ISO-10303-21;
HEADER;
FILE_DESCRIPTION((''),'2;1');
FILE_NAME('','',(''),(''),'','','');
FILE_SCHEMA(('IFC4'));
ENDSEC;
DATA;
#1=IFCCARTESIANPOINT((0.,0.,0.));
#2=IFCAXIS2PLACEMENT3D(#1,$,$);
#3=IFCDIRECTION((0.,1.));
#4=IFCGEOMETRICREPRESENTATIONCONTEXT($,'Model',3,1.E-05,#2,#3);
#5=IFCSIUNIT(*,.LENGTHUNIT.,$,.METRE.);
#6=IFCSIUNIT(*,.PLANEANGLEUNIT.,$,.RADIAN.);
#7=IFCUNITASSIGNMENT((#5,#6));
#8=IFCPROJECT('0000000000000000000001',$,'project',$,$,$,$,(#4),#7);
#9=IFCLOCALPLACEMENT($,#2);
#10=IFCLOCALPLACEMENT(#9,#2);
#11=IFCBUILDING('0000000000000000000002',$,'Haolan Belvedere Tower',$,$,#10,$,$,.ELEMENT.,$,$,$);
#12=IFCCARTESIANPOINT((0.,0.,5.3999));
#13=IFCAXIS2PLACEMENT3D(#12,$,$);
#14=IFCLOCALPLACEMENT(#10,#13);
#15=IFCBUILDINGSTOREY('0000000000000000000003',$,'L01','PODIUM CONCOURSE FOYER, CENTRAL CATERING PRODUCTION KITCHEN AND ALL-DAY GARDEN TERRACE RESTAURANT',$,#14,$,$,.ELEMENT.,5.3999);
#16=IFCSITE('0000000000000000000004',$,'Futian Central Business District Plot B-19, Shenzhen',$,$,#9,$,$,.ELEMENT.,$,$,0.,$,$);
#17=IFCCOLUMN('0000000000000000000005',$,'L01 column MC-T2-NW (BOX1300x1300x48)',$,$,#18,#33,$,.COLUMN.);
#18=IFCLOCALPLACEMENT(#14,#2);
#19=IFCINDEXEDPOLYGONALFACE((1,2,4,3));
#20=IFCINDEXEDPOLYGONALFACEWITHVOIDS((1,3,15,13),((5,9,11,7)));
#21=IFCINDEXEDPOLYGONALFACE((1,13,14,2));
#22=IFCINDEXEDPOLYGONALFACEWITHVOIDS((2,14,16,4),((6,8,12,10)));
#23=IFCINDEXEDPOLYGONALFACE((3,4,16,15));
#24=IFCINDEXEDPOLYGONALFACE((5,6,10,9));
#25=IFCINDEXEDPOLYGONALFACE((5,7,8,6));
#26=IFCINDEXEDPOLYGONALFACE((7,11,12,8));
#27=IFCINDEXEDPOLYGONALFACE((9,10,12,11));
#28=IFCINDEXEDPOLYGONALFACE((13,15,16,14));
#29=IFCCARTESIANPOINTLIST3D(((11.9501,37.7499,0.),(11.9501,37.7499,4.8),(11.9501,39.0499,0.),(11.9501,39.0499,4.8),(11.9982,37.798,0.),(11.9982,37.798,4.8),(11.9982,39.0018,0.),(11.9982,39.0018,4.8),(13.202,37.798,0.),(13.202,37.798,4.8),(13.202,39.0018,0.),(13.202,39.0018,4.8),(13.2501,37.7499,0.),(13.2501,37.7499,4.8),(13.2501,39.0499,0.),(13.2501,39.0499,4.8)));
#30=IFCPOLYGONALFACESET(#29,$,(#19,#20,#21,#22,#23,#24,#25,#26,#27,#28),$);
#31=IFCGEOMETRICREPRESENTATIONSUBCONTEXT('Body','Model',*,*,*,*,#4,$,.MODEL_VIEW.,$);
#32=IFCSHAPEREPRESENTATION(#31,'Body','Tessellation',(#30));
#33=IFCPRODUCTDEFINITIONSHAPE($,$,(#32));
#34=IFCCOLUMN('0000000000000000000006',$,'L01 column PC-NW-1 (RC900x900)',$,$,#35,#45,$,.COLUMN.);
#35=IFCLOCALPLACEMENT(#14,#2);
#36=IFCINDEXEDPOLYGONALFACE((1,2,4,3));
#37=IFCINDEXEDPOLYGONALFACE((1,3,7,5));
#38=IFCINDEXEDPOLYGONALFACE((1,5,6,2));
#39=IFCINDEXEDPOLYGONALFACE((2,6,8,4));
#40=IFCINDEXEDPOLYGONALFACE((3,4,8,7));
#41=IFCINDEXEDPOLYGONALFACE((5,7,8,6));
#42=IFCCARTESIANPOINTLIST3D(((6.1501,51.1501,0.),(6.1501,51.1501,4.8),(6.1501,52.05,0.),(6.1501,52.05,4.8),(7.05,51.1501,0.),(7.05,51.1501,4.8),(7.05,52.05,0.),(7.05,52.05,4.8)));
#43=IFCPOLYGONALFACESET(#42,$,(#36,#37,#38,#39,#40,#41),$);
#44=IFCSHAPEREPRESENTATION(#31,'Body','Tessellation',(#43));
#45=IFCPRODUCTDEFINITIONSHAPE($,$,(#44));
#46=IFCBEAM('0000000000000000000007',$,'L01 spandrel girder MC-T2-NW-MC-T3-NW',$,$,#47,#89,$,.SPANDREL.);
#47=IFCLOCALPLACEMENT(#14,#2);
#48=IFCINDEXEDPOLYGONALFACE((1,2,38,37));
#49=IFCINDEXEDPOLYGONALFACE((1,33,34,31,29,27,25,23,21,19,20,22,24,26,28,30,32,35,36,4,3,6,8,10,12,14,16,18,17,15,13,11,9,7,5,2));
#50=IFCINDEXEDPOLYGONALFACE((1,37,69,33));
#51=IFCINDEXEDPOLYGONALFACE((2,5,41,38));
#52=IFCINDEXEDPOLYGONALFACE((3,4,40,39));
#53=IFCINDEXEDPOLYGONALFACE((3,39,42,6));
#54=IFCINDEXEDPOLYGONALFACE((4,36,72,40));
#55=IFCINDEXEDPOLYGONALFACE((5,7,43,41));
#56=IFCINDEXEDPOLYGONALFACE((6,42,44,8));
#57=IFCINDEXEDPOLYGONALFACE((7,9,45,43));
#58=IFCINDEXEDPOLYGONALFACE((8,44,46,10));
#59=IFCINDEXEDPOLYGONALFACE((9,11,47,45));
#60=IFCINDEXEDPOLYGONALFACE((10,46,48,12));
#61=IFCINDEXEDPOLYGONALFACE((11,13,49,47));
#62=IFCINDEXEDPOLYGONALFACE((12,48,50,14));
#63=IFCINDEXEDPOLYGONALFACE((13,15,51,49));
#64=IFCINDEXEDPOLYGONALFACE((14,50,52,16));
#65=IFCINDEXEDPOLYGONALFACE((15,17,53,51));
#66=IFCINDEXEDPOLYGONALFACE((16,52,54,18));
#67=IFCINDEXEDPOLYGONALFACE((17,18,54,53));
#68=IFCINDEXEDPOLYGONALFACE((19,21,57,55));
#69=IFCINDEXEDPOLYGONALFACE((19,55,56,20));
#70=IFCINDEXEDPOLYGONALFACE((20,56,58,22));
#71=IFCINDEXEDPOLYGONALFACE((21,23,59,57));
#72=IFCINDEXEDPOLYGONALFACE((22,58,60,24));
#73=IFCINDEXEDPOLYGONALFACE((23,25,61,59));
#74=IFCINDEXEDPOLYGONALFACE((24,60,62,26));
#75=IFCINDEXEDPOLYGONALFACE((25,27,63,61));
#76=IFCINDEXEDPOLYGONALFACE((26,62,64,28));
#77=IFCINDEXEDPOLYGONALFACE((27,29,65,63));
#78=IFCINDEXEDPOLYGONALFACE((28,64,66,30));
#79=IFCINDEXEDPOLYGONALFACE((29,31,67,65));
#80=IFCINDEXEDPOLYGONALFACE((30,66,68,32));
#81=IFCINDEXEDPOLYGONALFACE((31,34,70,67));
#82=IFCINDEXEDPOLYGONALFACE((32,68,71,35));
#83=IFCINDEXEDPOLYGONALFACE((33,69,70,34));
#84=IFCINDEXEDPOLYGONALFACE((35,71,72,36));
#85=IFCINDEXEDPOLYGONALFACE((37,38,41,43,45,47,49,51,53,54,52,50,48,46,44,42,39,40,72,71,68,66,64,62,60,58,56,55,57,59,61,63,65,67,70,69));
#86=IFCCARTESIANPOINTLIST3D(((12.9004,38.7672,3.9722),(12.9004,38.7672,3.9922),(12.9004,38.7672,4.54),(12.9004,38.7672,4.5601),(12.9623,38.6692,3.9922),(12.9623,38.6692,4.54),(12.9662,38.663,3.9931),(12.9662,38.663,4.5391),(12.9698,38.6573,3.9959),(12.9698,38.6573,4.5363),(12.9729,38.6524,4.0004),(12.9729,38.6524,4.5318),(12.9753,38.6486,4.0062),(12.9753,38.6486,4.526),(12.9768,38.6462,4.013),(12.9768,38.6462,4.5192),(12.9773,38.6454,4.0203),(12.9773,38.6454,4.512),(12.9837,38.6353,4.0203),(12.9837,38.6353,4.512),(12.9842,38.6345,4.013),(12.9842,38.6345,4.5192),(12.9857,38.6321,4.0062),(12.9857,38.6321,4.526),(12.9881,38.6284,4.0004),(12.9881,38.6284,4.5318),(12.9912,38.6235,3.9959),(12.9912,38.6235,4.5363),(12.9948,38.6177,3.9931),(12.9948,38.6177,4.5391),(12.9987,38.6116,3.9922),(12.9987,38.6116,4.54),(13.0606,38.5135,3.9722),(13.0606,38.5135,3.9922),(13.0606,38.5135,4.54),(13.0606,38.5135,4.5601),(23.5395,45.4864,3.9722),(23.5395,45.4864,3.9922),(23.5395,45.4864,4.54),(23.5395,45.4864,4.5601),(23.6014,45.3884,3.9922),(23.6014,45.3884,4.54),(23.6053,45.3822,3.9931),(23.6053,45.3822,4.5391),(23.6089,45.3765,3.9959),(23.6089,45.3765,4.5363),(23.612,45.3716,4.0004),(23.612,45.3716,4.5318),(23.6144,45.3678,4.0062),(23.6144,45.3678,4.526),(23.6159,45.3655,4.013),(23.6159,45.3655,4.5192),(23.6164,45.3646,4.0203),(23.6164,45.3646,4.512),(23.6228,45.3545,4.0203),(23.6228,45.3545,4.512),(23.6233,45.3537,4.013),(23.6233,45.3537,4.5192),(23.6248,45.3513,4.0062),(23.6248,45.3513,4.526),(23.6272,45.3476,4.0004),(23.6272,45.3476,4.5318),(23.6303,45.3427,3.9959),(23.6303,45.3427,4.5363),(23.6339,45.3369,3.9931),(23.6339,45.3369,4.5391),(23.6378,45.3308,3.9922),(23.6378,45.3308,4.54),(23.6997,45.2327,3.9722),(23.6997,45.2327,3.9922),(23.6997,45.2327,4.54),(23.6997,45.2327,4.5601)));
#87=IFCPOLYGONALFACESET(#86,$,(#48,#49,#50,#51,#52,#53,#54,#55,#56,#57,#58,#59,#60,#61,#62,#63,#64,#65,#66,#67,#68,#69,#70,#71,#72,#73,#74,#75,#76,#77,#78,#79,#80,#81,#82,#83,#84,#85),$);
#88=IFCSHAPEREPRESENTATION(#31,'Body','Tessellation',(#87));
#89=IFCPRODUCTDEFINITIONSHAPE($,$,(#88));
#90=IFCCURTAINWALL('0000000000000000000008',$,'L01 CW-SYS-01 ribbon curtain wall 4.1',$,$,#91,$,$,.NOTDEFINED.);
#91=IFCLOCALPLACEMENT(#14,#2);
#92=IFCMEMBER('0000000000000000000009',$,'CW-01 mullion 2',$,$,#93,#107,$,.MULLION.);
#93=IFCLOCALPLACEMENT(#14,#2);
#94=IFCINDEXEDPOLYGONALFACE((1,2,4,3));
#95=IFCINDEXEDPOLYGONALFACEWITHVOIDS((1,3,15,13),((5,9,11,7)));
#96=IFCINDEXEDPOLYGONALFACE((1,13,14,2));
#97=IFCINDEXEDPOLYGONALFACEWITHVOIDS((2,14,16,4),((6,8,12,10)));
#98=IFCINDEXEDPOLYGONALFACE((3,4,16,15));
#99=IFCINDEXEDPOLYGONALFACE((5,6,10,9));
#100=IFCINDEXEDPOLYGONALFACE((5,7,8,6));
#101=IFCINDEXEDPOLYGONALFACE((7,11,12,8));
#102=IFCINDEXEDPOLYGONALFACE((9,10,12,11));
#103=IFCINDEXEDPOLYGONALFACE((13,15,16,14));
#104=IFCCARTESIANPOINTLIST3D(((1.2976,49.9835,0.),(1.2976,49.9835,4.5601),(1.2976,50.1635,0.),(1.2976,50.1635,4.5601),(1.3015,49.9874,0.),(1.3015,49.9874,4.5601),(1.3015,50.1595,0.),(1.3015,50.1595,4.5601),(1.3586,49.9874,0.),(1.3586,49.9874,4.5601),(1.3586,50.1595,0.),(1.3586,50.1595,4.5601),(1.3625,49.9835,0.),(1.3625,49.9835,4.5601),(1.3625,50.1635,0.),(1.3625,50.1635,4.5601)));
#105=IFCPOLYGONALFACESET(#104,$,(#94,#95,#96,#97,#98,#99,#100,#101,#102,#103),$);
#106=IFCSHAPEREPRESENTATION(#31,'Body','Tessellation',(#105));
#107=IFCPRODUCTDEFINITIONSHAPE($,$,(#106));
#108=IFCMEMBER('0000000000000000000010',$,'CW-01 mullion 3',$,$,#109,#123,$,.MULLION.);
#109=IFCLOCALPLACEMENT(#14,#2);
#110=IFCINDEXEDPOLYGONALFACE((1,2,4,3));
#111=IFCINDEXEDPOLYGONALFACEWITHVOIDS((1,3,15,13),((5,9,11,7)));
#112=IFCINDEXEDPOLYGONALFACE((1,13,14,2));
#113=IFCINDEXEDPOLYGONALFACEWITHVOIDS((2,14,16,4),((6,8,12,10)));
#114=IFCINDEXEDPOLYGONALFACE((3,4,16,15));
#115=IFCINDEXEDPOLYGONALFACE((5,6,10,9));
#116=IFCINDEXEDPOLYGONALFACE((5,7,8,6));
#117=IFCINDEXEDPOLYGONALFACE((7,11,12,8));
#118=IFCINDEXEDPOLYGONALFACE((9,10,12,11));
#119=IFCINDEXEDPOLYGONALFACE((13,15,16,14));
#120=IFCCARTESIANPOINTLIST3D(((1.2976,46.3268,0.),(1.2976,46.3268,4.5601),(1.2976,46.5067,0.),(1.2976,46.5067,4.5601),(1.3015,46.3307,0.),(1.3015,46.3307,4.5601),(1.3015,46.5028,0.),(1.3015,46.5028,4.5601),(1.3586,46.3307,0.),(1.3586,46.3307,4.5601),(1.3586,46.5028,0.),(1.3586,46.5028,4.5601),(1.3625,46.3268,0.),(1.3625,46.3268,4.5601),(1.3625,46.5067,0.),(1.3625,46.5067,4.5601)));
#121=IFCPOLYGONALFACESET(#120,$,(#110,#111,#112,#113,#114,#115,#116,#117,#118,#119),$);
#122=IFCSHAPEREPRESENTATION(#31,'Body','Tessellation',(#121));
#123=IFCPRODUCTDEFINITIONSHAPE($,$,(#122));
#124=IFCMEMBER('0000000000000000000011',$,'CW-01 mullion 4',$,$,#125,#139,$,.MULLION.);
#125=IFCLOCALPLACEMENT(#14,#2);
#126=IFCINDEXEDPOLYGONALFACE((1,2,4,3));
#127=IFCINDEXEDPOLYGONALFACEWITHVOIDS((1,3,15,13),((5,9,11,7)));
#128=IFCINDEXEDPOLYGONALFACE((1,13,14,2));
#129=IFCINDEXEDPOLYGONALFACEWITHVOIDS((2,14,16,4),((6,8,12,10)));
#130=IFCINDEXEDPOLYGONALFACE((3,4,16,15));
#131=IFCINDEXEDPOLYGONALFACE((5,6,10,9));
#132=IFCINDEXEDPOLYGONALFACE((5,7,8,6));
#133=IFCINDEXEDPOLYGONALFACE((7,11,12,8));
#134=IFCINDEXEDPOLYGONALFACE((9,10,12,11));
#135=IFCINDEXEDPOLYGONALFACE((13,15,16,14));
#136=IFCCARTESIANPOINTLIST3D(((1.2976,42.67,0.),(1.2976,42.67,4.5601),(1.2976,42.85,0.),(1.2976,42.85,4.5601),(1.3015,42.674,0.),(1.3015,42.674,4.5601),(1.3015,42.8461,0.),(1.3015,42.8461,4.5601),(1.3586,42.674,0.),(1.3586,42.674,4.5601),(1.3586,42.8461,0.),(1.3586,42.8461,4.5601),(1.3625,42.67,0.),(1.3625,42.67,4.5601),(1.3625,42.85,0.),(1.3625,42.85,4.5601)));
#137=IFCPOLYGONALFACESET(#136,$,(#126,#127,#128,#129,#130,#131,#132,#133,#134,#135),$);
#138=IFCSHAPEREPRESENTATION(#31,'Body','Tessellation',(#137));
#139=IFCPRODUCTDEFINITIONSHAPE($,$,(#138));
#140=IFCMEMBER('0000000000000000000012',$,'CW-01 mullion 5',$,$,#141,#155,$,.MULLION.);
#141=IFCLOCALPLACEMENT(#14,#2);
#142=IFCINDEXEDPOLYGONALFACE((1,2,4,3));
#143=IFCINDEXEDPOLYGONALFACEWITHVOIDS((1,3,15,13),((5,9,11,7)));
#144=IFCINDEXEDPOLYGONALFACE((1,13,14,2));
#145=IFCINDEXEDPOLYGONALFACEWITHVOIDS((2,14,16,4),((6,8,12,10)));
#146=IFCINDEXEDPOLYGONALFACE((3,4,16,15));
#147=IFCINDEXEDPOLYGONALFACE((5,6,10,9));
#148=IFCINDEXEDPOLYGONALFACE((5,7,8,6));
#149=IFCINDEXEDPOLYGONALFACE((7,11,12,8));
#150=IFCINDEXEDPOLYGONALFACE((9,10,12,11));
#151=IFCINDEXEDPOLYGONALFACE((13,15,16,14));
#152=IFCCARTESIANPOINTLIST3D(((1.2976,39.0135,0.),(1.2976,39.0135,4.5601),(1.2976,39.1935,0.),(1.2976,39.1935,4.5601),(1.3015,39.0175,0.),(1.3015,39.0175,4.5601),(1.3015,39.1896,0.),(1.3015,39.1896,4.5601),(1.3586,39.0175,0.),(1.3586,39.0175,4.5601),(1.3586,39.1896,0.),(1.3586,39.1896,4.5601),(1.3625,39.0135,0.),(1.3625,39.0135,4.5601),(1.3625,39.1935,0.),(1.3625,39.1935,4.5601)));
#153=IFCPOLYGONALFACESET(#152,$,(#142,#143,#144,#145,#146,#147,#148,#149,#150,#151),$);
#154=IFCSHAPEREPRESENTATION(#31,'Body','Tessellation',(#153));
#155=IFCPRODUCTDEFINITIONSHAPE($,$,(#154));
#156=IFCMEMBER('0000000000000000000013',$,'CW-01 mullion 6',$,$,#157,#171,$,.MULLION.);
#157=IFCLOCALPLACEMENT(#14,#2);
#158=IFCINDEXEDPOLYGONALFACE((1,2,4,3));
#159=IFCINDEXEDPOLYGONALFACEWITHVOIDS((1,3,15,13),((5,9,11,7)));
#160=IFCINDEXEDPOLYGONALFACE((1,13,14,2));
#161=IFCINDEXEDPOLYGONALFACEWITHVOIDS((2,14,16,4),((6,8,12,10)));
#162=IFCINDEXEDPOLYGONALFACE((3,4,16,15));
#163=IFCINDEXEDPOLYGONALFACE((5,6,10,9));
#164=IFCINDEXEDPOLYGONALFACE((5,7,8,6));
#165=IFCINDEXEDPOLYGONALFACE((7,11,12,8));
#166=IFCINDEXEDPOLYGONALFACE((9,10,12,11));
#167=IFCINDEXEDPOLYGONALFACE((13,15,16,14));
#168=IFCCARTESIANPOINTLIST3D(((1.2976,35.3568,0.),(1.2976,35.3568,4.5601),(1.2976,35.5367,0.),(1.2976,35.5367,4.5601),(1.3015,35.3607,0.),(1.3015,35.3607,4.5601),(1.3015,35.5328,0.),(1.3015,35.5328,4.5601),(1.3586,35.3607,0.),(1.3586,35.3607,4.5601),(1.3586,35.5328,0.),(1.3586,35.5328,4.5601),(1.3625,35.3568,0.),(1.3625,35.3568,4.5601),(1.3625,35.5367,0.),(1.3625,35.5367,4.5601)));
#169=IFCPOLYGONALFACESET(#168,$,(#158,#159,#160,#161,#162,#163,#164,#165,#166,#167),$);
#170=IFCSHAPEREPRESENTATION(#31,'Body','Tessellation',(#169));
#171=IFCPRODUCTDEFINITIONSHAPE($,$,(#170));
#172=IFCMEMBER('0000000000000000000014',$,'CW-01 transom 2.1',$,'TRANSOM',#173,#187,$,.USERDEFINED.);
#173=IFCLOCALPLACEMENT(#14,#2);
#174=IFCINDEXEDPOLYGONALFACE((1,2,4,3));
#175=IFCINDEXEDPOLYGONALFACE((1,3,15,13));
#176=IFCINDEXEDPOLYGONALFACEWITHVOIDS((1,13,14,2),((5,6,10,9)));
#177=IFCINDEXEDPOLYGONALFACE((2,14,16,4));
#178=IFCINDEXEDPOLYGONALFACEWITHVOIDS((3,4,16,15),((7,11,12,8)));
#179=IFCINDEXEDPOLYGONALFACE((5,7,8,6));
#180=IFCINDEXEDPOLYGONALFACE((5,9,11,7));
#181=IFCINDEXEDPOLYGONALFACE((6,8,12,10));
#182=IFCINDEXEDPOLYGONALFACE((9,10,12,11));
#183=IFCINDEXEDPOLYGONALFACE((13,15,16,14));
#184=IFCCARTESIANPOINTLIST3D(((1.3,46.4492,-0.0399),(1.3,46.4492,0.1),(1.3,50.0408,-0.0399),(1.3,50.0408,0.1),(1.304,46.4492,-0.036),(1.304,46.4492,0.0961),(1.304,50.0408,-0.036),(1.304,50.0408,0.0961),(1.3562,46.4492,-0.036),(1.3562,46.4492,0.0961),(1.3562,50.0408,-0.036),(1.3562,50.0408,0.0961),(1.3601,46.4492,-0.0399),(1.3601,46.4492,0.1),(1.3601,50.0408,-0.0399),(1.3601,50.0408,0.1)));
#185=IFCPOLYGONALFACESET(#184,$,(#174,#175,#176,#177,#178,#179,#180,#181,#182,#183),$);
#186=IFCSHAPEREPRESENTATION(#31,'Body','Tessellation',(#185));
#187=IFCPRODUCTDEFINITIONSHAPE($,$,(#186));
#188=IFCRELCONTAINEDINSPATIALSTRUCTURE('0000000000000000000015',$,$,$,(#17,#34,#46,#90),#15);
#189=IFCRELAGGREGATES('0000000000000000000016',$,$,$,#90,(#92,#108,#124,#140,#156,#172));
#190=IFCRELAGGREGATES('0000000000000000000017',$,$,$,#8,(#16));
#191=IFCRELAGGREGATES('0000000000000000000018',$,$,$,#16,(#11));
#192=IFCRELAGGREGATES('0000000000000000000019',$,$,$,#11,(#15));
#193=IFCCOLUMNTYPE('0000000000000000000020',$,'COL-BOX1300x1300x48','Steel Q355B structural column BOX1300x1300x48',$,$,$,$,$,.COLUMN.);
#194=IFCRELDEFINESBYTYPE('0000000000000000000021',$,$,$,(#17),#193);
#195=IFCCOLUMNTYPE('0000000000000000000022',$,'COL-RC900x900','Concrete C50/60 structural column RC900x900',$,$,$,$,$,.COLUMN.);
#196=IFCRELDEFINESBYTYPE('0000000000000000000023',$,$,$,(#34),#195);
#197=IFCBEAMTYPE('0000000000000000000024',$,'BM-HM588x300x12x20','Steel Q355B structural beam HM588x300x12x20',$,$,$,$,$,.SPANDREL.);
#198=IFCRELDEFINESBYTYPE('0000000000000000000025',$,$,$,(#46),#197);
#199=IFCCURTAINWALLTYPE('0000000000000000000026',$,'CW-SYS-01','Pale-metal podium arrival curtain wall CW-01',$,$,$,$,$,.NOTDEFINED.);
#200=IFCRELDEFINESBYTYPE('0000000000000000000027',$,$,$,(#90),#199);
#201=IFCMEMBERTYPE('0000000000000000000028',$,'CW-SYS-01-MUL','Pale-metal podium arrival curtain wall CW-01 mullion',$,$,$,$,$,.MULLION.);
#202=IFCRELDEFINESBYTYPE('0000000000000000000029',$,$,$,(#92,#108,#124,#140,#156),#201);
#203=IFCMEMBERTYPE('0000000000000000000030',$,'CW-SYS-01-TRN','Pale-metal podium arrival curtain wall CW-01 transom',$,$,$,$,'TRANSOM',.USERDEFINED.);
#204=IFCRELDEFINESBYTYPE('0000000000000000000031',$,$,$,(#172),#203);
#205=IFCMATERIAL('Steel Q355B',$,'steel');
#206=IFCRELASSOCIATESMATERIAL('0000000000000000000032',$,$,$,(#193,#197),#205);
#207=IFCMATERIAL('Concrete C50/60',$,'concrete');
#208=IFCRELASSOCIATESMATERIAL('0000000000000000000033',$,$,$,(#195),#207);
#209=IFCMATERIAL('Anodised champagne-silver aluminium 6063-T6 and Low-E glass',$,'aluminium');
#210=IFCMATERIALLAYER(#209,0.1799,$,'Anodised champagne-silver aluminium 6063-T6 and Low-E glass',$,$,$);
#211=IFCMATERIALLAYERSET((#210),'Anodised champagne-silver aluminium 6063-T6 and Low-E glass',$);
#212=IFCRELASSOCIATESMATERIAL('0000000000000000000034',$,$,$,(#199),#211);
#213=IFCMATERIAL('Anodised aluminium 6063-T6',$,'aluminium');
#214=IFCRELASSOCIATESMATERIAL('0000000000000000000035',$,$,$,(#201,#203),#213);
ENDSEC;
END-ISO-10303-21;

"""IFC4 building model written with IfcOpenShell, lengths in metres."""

from ifc_helpers import new_model, si_unit, direction, frame, origin, origin_2d, place, context, subcontext, project, spatial, rectangle, hollow_rectangle, i_section, extrude, material, layer, layer_set, material_profile, profile_set, type_object, element, aggregate, save


model = new_model("IFC4")

# Units and contexts
model_context = context("Model", 3, precision=1e-05, world=origin(), true_north=direction((0.0, 1.0)))
body_context = subcontext(model_context, "Body", "Model", "MODEL_VIEW")
ifc_project = project(units=[si_unit("LENGTHUNIT", "METRE"), si_unit("PLANEANGLEUNIT", "RADIAN")], contexts=[model_context])

# Site, building, storey
site_placement = place(None, origin())
site = spatial("IfcSite", under=ifc_project, at=site_placement, Name="Futian Central Business District Plot B-19, Shenzhen", CompositionType="ELEMENT", RefElevation=0.0)
building_placement = place(site_placement, origin())
building = spatial("IfcBuilding", under=site, at=building_placement, Name="Haolan Belvedere Tower", CompositionType="ELEMENT")
storey_placement = place(building_placement, frame((0.0, 0.0, 5.3999)))
storey = spatial("IfcBuildingStorey", under=building, at=storey_placement, Name="L01", Description="PODIUM CONCOURSE FOYER, CENTRAL CATERING PRODUCTION KITCHEN AND ALL-DAY GARDEN TERRACE RESTAURANT", CompositionType="ELEMENT", Elevation=5.3999)

# Columns
ifc_material_1 = material(Name="Steel Q355B", Category="steel")
ifc_material_profile_1 = material_profile(ifc_material_1, hollow_rectangle(XDim=1.3, YDim=1.3, WallThickness=0.0481, at=origin_2d()), Name="Steel Q355B")
ifc_profile_set_1 = profile_set([ifc_material_profile_1], Name="Steel Q355B")
column_type_1 = type_object("IfcColumnType", Name="COL-BOX1300x1300x48", Description="Steel Q355B structural column BOX1300x1300x48", PredefinedType="COLUMN", material=ifc_profile_set_1)
column_1_placement = place(storey_placement, frame((12.6001, 38.3999, 0.0), z_axis=(0.0, 0.0, 1.0), x_axis=(1.0, 0.0, 0.0)))
element("IfcColumn", 1, at=column_1_placement, inside=storey, type_object=column_type_1, Name="L01 column MC-T2-NW (BOX1300x1300x48)", PredefinedType="COLUMN", context=body_context, shape_type="SweptSolid", body=[
    extrude(hollow_rectangle(XDim=1.3, YDim=1.3, WallThickness=0.0481, at=origin_2d()), origin(), (0.0, 0.0, 1.0), 4.8),
])
ifc_material_2 = material(Name="Concrete C50/60", Category="concrete")
ifc_material_profile_2 = material_profile(ifc_material_2, rectangle(XDim=0.8999, YDim=0.8999, at=origin_2d()), Name="Concrete C50/60")
ifc_profile_set_2 = profile_set([ifc_material_profile_2], Name="Concrete C50/60")
column_type_2 = type_object("IfcColumnType", Name="COL-RC900x900", Description="Concrete C50/60 structural column RC900x900", PredefinedType="COLUMN", material=ifc_profile_set_2)
column_2_placement = place(storey_placement, frame((6.6001, 51.6001, 0.0), z_axis=(0.0, 0.0, 1.0), x_axis=(1.0, 0.0, 0.0)))
element("IfcColumn", 2, at=column_2_placement, inside=storey, type_object=column_type_2, Name="L01 column PC-NW-1 (RC900x900)", PredefinedType="COLUMN", context=body_context, shape_type="SweptSolid", body=[
    extrude(rectangle(XDim=0.8999, YDim=0.8999, at=origin_2d()), origin(), (0.0, 0.0, 1.0), 4.8),
])

# Beam
ifc_material_profile_3 = material_profile(ifc_material_1, i_section(OverallWidth=0.3, OverallDepth=0.5879, WebThickness=0.012, FlangeThickness=0.02, FilletRadius=0.0281, at=origin_2d()), Name="Steel Q355B")
ifc_profile_set_3 = profile_set([ifc_material_profile_3], Name="Steel Q355B")
beam_type = type_object("IfcBeamType", Name="BM-HM588x300x12x20", Description="Steel Q355B structural beam HM588x300x12x20", PredefinedType="SPANDREL", material=ifc_profile_set_3)
beam_placement = place(storey_placement, frame((12.9805, 38.6404, 4.2661), z_axis=(0.845497, 0.53398, 0.0), x_axis=(-0.53398, 0.845497, 0.0)))
element("IfcBeam", 3, at=beam_placement, inside=storey, type_object=beam_type, Name="L01 spandrel girder MC-T2-NW-MC-T3-NW", PredefinedType="SPANDREL", context=body_context, shape_type="SweptSolid", body=[
    extrude(i_section(OverallWidth=0.3, OverallDepth=0.5879, WebThickness=0.012, FlangeThickness=0.02, FilletRadius=0.0281, at=origin_2d()), origin(), (0.0, 0.0, 1.0), 12.5833),
])

# Curtain wall, members
ifc_material_3 = material(Name="Anodised champagne-silver aluminium 6063-T6 and Low-E glass", Category="aluminium")
ifc_layer_1 = layer(ifc_material_3, 0.1799, Name="Anodised champagne-silver aluminium 6063-T6 and Low-E glass")
ifc_layer_set_1 = layer_set([ifc_layer_1], Name="Anodised champagne-silver aluminium 6063-T6 and Low-E glass")
curtain_wall_type = type_object("IfcCurtainWallType", Name="CW-SYS-01", Description="Pale-metal podium arrival curtain wall CW-01", PredefinedType="NOTDEFINED", material=ifc_layer_set_1)
curtain_wall_placement = place(storey_placement, origin())
curtain_wall = element("IfcCurtainWall", 4, at=curtain_wall_placement, inside=storey, type_object=curtain_wall_type, Name="L01 CW-SYS-01 ribbon curtain wall 4.1", PredefinedType="NOTDEFINED")
ifc_material_4 = material(Name="Anodised aluminium 6063-T6", Category="aluminium")
ifc_material_profile_4 = material_profile(ifc_material_4, hollow_rectangle(XDim=0.0649, YDim=0.1799, WallThickness=0.0039, at=origin_2d()), Name="Anodised aluminium 6063-T6")
ifc_profile_set_4 = profile_set([ifc_material_profile_4], Name="Anodised aluminium 6063-T6")
member_type_1 = type_object("IfcMemberType", Name="CW-SYS-01-MUL", Description="Pale-metal podium arrival curtain wall CW-01 mullion", PredefinedType="MULLION", material=ifc_profile_set_4)
member_1_placement = place(storey_placement, frame((1.3301, 50.0735, 0.0), z_axis=(0.0, 0.0, 1.0), x_axis=(1.0, 0.0, 0.0)))
member_1 = element("IfcMember", 5, at=member_1_placement, type_object=member_type_1, Name="CW-01 mullion 2", PredefinedType="MULLION", context=body_context, shape_type="SweptSolid", body=[
    extrude(hollow_rectangle(XDim=0.0649, YDim=0.1799, WallThickness=0.0039, at=origin_2d()), origin(), (0.0, 0.0, 1.0), 4.5601),
])
member_2_placement = place(storey_placement, frame((1.3301, 46.4167, 0.0), z_axis=(0.0, 0.0, 1.0), x_axis=(1.0, 0.0, 0.0)))
member_2 = element("IfcMember", 6, at=member_2_placement, type_object=member_type_1, Name="CW-01 mullion 3", PredefinedType="MULLION", context=body_context, shape_type="SweptSolid", body=[
    extrude(hollow_rectangle(XDim=0.0649, YDim=0.1799, WallThickness=0.0039, at=origin_2d()), origin(), (0.0, 0.0, 1.0), 4.5601),
])
member_3_placement = place(storey_placement, frame((1.3301, 42.76, 0.0), z_axis=(0.0, 0.0, 1.0), x_axis=(1.0, 0.0, 0.0)))
member_3 = element("IfcMember", 7, at=member_3_placement, type_object=member_type_1, Name="CW-01 mullion 4", PredefinedType="MULLION", context=body_context, shape_type="SweptSolid", body=[
    extrude(hollow_rectangle(XDim=0.0649, YDim=0.1799, WallThickness=0.0039, at=origin_2d()), origin(), (0.0, 0.0, 1.0), 4.5601),
])
member_4_placement = place(storey_placement, frame((1.3301, 39.1035, 0.0), z_axis=(0.0, 0.0, 1.0), x_axis=(1.0, 0.0, 0.0)))
member_4 = element("IfcMember", 8, at=member_4_placement, type_object=member_type_1, Name="CW-01 mullion 5", PredefinedType="MULLION", context=body_context, shape_type="SweptSolid", body=[
    extrude(hollow_rectangle(XDim=0.0649, YDim=0.1799, WallThickness=0.0039, at=origin_2d()), origin(), (0.0, 0.0, 1.0), 4.5601),
])
member_5_placement = place(storey_placement, frame((1.3301, 35.4468, 0.0), z_axis=(0.0, 0.0, 1.0), x_axis=(1.0, 0.0, 0.0)))
member_5 = element("IfcMember", 9, at=member_5_placement, type_object=member_type_1, Name="CW-01 mullion 6", PredefinedType="MULLION", context=body_context, shape_type="SweptSolid", body=[
    extrude(hollow_rectangle(XDim=0.0649, YDim=0.1799, WallThickness=0.0039, at=origin_2d()), origin(), (0.0, 0.0, 1.0), 4.5601),
])
ifc_material_profile_5 = material_profile(ifc_material_4, hollow_rectangle(XDim=0.0601, YDim=0.1399, WallThickness=0.0039, at=origin_2d()), Name="Anodised aluminium 6063-T6")
ifc_profile_set_5 = profile_set([ifc_material_profile_5], Name="Anodised aluminium 6063-T6")
member_type_2 = type_object("IfcMemberType", Name="CW-SYS-01-TRN", Description="Pale-metal podium arrival curtain wall CW-01 transom", ElementType="TRANSOM", PredefinedType="USERDEFINED", material=ifc_profile_set_5)
member_6_placement = place(storey_placement, frame((1.3301, 50.0408, 0.03), z_axis=(0.0, -1.0, 0.0), x_axis=(1.0, 0.0, 0.0)))
member_6 = element("IfcMember", 10, at=member_6_placement, type_object=member_type_2, Name="CW-01 transom 2.1", ObjectType="TRANSOM", PredefinedType="USERDEFINED", context=body_context, shape_type="SweptSolid", body=[
    extrude(hollow_rectangle(XDim=0.0601, YDim=0.1399, WallThickness=0.0039, at=origin_2d()), origin(), (0.0, 0.0, 1.0), 3.5916),
])
aggregate(curtain_wall, [member_1, member_2, member_3, member_4, member_5, member_6])

save(model, "model.ifc")
